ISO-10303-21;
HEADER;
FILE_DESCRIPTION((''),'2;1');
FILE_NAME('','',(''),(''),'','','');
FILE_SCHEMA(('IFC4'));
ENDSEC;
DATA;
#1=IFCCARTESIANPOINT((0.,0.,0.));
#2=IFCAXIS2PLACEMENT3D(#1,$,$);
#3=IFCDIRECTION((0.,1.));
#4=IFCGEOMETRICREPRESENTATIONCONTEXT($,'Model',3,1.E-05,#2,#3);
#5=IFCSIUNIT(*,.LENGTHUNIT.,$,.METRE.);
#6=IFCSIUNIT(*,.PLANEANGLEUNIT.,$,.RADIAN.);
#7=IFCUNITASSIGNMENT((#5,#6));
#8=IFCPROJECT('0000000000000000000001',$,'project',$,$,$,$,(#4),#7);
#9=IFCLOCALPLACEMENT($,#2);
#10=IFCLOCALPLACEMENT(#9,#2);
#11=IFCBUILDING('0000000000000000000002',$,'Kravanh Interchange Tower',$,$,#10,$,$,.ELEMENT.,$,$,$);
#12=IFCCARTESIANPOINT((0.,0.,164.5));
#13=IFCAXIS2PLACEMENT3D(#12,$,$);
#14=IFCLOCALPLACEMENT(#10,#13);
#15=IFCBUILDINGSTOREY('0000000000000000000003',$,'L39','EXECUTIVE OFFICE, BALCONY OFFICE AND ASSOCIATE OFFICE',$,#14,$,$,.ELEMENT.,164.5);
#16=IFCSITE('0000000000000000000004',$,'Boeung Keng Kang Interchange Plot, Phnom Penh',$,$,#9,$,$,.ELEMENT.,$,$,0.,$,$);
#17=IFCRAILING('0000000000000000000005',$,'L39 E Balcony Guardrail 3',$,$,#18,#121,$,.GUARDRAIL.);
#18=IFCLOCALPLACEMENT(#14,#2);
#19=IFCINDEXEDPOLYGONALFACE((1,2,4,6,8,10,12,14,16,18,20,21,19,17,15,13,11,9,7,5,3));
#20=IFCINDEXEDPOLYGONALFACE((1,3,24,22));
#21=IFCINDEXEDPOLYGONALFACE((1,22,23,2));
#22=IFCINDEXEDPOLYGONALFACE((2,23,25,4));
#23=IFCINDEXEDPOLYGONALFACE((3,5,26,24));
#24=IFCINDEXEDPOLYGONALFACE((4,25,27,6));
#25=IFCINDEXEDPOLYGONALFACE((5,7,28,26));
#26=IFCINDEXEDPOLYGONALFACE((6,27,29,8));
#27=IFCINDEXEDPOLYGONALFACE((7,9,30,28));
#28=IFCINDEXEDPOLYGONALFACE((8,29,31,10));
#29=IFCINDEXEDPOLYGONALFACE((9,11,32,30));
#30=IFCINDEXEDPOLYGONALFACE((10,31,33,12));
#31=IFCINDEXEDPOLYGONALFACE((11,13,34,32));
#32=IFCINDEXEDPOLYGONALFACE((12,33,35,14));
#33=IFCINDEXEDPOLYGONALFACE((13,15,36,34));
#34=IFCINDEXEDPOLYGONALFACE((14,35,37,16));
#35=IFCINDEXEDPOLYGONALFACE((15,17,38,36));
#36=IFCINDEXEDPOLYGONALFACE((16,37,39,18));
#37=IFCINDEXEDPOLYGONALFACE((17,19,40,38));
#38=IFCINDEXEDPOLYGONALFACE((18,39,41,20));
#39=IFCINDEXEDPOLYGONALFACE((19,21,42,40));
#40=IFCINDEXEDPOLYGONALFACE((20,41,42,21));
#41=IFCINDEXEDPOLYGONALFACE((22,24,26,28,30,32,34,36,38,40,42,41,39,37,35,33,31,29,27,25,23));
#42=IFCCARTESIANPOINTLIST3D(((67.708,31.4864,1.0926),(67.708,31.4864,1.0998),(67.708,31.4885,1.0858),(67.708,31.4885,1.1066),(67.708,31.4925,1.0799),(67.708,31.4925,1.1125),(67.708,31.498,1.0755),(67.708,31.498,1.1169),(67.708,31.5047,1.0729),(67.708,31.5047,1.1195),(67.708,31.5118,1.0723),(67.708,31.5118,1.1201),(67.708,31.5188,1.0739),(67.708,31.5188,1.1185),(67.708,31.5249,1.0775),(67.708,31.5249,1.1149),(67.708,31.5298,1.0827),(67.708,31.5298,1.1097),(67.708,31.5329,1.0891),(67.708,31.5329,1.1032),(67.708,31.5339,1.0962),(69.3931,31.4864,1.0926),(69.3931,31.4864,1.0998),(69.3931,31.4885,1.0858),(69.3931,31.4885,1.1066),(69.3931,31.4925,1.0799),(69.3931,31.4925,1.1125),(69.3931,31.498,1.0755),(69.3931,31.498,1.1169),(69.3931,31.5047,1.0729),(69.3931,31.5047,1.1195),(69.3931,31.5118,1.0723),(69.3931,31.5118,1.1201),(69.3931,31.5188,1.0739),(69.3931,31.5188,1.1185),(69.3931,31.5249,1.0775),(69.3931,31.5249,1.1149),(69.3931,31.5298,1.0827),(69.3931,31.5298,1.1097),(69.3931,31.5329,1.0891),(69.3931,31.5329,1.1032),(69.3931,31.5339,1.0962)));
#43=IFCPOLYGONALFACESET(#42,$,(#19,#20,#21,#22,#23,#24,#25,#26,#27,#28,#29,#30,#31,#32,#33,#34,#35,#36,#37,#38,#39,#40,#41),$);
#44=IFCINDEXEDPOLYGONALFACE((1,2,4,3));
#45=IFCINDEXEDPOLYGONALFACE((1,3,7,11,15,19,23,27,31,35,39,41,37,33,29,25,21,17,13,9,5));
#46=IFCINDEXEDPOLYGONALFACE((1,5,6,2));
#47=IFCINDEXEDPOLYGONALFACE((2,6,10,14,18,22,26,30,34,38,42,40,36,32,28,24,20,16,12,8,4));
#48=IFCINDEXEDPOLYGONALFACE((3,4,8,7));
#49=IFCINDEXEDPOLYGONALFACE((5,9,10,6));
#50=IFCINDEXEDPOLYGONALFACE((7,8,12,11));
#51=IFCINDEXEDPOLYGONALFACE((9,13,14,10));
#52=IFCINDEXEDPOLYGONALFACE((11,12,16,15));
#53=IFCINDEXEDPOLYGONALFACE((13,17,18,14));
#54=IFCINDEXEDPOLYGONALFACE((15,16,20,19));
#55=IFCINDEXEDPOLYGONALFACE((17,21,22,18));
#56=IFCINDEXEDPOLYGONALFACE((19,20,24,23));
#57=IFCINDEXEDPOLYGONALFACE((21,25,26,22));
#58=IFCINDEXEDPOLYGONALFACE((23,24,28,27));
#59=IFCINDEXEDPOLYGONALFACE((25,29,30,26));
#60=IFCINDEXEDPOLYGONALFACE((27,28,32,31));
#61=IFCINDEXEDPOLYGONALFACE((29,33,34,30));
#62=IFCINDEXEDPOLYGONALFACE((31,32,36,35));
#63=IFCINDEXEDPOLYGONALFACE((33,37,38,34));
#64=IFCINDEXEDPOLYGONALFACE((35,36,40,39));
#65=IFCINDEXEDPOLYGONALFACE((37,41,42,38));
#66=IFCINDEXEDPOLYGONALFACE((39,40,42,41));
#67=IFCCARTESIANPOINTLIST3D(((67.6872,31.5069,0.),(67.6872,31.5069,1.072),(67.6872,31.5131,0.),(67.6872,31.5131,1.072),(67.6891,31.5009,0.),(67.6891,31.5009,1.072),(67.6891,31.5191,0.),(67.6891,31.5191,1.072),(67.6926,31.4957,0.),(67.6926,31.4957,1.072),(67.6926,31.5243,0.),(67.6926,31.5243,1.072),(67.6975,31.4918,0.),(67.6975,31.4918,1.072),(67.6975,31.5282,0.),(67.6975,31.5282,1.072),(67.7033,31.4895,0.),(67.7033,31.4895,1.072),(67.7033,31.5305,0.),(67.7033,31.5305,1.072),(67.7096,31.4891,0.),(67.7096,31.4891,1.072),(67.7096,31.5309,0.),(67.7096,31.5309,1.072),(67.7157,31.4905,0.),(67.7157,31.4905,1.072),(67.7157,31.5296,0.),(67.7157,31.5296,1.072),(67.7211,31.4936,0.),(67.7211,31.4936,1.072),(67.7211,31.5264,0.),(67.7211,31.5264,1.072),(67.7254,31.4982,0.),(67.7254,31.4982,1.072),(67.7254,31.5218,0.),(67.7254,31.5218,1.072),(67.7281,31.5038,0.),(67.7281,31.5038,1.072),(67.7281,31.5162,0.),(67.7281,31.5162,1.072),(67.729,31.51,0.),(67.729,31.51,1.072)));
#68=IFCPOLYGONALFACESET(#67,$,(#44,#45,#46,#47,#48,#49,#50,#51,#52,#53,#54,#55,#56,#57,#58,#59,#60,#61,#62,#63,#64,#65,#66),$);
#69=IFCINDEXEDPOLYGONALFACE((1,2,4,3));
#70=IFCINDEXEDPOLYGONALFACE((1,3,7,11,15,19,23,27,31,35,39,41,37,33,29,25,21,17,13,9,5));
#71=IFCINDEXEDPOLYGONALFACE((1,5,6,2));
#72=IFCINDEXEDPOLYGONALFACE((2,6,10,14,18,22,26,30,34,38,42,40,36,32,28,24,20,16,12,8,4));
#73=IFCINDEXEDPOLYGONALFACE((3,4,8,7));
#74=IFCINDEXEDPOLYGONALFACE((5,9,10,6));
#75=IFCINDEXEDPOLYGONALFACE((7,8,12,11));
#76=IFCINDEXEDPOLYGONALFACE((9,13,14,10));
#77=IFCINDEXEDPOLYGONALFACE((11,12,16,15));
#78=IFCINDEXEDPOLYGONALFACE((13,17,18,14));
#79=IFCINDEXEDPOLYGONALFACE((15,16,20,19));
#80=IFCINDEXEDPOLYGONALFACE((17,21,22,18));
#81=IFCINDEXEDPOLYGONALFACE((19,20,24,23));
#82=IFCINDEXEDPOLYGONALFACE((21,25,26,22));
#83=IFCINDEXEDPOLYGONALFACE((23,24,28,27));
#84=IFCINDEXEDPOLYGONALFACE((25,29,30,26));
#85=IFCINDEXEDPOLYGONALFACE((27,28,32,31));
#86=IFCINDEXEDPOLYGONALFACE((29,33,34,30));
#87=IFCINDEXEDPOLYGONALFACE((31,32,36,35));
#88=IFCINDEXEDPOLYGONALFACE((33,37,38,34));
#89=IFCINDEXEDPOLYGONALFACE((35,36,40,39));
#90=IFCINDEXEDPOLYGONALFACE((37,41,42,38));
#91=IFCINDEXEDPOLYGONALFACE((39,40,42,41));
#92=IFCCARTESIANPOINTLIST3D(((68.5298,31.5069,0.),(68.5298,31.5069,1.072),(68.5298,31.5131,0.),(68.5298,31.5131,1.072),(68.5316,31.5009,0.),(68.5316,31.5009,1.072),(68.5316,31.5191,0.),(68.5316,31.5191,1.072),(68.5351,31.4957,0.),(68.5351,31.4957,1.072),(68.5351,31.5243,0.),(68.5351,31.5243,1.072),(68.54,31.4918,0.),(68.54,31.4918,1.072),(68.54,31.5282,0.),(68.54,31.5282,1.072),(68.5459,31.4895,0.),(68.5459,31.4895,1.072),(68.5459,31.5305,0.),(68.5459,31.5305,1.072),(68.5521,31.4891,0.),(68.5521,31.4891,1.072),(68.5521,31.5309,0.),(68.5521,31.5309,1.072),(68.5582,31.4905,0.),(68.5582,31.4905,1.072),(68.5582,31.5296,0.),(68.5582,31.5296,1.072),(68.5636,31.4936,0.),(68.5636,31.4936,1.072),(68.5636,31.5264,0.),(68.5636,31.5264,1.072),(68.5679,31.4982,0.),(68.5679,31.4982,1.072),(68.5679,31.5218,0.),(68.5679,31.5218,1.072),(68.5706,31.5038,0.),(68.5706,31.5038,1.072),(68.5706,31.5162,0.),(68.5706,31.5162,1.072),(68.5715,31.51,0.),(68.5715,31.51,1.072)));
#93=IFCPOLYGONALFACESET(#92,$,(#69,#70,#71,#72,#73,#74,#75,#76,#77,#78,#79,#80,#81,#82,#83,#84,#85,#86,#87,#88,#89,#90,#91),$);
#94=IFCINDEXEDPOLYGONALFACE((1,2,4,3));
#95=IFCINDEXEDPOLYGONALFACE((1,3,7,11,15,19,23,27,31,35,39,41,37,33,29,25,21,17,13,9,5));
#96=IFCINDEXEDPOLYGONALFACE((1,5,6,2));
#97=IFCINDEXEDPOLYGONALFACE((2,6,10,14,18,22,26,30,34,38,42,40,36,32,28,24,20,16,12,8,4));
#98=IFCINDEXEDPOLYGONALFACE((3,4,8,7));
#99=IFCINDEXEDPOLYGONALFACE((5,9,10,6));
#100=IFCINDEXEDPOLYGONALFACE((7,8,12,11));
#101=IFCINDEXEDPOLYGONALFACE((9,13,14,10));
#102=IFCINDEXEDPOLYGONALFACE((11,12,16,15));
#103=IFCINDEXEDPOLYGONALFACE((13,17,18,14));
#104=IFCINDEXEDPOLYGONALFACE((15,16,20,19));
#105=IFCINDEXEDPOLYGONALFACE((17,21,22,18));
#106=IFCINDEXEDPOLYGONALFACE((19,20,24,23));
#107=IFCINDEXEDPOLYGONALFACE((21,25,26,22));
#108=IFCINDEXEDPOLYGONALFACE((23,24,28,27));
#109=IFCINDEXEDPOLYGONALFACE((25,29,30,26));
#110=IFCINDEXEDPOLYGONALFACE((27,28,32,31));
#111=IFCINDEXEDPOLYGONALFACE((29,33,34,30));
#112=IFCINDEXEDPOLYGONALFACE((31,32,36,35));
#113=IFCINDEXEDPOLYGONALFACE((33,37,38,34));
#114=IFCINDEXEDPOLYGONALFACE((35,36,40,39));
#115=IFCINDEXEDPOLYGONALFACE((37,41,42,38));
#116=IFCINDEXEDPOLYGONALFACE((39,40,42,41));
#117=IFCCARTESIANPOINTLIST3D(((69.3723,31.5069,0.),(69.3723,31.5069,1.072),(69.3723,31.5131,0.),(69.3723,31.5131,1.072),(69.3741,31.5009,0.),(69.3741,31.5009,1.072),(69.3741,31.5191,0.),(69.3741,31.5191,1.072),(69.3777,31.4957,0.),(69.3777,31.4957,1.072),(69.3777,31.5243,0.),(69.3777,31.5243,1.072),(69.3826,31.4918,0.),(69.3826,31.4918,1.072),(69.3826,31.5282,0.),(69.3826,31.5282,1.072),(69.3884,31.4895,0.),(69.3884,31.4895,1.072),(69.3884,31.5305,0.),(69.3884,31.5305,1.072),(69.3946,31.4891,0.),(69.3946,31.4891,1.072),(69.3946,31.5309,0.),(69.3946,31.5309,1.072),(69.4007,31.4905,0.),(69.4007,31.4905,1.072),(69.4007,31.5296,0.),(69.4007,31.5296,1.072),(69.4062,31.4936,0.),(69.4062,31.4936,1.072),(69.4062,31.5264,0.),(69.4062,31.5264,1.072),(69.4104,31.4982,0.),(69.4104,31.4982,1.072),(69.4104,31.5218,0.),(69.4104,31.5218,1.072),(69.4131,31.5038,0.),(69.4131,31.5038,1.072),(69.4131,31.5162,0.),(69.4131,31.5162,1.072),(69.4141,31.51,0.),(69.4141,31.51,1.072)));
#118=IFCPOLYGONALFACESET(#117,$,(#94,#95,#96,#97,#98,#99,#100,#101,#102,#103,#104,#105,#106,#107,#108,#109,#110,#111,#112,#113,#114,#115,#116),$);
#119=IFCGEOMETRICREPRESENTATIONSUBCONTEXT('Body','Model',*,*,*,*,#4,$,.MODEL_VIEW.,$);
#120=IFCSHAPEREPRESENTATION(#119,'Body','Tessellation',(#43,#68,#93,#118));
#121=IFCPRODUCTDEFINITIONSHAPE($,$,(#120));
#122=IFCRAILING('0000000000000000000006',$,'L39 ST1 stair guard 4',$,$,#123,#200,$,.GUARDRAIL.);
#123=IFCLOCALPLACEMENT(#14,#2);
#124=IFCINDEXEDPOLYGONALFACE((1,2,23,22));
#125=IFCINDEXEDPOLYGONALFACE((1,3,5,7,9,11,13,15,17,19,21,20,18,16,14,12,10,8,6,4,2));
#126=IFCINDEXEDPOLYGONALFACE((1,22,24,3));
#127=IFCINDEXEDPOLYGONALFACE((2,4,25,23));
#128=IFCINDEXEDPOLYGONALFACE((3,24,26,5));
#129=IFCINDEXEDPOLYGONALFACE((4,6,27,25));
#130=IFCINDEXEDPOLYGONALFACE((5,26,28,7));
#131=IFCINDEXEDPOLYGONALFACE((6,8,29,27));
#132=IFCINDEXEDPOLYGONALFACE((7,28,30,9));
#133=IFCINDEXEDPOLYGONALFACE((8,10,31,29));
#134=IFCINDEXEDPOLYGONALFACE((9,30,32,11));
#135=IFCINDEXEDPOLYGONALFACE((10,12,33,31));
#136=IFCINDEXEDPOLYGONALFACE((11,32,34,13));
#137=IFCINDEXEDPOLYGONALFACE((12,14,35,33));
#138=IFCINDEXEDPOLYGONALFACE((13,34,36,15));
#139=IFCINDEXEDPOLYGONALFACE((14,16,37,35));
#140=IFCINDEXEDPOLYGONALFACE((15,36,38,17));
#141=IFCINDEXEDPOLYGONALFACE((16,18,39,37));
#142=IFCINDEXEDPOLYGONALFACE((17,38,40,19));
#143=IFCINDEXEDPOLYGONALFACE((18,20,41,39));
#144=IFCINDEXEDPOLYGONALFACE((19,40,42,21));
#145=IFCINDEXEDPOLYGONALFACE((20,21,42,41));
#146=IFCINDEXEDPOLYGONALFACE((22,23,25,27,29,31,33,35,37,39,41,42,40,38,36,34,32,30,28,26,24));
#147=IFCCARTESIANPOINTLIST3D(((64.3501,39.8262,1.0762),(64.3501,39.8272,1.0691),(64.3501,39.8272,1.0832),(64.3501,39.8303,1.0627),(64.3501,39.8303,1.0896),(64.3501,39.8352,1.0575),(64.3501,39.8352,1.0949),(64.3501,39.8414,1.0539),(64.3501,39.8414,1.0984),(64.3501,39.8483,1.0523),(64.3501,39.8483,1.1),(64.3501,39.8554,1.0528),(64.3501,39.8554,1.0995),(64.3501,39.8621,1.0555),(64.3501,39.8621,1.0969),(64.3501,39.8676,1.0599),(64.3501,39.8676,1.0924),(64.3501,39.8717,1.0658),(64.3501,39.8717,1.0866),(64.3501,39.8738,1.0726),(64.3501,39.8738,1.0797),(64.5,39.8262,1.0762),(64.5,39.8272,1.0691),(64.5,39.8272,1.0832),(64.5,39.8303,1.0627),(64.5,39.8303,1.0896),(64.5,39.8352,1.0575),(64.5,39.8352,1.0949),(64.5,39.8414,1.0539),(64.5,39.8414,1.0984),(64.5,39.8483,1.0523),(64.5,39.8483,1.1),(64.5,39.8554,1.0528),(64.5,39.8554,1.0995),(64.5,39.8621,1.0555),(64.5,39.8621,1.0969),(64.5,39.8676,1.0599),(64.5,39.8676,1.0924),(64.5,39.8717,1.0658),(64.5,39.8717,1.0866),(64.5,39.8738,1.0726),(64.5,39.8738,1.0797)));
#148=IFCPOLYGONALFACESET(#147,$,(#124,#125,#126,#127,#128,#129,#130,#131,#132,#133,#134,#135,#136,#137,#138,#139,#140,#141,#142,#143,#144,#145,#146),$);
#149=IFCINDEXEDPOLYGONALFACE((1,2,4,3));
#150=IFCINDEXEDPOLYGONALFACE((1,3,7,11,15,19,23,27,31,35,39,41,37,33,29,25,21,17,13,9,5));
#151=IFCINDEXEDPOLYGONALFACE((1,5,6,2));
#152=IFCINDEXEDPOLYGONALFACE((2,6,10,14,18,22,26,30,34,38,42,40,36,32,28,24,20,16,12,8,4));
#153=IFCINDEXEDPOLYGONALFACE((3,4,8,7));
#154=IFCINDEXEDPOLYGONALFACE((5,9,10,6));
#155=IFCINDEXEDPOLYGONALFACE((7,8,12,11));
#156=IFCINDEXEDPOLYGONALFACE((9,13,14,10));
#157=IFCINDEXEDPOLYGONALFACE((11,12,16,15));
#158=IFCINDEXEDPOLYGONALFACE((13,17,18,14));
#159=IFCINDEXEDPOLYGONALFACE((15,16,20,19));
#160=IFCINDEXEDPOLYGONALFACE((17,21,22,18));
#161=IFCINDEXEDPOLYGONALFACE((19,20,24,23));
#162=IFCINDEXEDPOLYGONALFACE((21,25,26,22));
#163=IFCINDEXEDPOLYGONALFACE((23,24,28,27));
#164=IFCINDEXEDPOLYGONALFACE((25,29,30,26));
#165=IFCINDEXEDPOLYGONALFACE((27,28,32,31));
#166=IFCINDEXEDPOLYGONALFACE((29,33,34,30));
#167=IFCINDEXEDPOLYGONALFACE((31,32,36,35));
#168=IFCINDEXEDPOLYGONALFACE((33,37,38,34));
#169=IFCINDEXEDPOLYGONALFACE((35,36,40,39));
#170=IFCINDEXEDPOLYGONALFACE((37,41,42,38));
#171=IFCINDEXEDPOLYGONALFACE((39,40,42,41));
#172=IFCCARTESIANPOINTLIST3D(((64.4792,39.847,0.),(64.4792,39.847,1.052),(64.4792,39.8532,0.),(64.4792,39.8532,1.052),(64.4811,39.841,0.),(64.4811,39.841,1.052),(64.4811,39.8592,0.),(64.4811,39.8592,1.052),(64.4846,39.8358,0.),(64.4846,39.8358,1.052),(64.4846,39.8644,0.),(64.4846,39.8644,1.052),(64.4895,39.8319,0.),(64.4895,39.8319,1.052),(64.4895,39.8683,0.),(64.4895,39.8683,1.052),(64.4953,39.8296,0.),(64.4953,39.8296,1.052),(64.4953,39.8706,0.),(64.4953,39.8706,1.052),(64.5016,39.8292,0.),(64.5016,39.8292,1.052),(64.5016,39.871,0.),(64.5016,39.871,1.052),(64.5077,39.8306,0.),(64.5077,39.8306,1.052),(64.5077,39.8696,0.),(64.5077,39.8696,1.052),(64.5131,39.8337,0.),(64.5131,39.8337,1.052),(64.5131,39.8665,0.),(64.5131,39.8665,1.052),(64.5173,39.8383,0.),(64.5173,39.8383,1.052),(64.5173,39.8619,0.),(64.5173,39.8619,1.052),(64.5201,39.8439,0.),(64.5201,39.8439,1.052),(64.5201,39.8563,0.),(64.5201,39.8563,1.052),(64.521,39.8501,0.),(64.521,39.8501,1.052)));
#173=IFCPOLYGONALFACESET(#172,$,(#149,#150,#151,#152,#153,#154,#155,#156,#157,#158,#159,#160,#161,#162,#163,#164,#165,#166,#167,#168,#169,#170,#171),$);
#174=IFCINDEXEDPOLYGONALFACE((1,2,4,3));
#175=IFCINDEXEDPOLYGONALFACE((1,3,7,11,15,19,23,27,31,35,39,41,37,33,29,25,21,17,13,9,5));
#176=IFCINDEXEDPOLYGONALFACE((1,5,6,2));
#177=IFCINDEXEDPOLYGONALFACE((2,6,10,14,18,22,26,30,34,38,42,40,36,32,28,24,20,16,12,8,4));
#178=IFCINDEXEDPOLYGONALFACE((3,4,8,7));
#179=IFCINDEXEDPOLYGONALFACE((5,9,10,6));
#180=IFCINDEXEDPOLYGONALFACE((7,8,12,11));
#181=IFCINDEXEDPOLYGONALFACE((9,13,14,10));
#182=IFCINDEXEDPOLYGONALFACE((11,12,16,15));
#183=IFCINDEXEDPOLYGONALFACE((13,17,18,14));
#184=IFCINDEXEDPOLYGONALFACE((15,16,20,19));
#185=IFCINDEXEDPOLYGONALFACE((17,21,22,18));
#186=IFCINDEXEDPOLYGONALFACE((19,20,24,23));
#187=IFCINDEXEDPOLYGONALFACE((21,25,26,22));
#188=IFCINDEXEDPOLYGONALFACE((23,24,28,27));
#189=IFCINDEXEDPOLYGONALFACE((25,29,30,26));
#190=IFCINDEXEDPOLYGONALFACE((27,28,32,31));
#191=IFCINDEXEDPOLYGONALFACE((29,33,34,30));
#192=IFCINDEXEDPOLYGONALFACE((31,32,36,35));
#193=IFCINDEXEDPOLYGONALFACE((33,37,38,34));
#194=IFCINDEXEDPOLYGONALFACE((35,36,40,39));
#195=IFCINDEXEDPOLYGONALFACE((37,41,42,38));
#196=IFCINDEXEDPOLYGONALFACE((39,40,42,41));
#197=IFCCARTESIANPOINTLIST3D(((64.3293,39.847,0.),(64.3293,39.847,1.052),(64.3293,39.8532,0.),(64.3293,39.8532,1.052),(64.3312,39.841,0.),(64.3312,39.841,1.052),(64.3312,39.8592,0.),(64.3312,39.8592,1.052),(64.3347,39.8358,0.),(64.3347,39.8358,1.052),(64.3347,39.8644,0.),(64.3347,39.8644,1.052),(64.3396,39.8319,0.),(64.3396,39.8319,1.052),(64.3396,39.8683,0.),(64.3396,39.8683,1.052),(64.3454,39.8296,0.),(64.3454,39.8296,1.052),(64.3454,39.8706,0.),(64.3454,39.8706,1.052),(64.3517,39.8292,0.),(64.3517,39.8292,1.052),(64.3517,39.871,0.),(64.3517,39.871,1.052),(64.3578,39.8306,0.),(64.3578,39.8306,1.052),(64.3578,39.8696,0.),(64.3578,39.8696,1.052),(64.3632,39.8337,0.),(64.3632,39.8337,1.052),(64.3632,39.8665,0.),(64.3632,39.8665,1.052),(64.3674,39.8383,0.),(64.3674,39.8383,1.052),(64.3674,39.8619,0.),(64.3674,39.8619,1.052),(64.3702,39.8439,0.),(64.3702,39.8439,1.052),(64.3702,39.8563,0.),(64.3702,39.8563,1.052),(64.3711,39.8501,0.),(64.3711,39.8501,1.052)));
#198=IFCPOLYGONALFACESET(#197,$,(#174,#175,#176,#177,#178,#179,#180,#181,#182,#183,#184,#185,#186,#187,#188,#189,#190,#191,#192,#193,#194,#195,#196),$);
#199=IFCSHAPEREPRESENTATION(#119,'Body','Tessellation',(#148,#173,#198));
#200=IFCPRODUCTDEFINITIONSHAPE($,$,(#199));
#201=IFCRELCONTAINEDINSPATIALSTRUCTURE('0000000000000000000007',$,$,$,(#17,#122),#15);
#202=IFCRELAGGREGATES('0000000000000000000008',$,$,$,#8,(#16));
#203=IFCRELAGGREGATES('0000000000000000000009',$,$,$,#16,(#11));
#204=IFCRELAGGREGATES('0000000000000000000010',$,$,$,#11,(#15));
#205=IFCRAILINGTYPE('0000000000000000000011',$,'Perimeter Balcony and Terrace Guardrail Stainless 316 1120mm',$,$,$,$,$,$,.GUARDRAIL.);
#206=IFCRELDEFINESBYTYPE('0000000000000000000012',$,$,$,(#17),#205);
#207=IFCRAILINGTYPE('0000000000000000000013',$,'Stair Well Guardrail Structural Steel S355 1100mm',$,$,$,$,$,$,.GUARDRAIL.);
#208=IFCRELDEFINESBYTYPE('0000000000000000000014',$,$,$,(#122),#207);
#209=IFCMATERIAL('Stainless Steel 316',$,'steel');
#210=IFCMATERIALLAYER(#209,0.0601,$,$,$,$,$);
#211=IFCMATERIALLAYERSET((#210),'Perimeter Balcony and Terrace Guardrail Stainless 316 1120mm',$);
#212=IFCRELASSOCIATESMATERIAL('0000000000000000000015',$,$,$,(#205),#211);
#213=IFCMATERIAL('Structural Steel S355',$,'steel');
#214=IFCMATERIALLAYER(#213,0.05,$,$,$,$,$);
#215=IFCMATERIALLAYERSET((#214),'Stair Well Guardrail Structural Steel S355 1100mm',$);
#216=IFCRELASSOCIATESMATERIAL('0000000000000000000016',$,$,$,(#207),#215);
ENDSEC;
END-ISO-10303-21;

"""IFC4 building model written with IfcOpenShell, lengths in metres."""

from ifc_helpers import new_model, si_unit, direction, frame, origin, origin_2d, place, context, subcontext, project, spatial, circle, extrude, material, layer, layer_set, type_object, element, save


model = new_model("IFC4")

# Units and contexts
model_context = context("Model", 3, precision=1e-05, world=origin(), true_north=direction((0.0, 1.0)))
body_context = subcontext(model_context, "Body", "Model", "MODEL_VIEW")
ifc_project = project(units=[si_unit("LENGTHUNIT", "METRE"), si_unit("PLANEANGLEUNIT", "RADIAN")], contexts=[model_context])

# Site, building, storey
site_placement = place(None, origin())
site = spatial("IfcSite", under=ifc_project, at=site_placement, Name="Boeung Keng Kang Interchange Plot, Phnom Penh", CompositionType="ELEMENT", RefElevation=0.0)
building_placement = place(site_placement, origin())
building = spatial("IfcBuilding", under=site, at=building_placement, Name="Kravanh Interchange Tower", CompositionType="ELEMENT")
storey_placement = place(building_placement, frame((0.0, 0.0, 164.5)))
storey = spatial("IfcBuildingStorey", under=building, at=storey_placement, Name="L39", Description="EXECUTIVE OFFICE, BALCONY OFFICE AND ASSOCIATE OFFICE", CompositionType="ELEMENT", Elevation=164.5)

# Railings
ifc_material_1 = material(Name="Stainless Steel 316", Category="steel")
ifc_layer_1 = layer(ifc_material_1, 0.0601)
ifc_layer_set_1 = layer_set([ifc_layer_1], Name="Perimeter Balcony and Terrace Guardrail Stainless 316 1120mm")
railing_type_1 = type_object("IfcRailingType", Name="Perimeter Balcony and Terrace Guardrail Stainless 316 1120mm", PredefinedType="GUARDRAIL", material=ifc_layer_set_1)
railing_1_placement = place(storey_placement, frame((67.708, 31.51, 0.0)))
element("IfcRailing", 1, at=railing_1_placement, inside=storey, type_object=railing_type_1, Name="L39 E Balcony Guardrail 3", PredefinedType="GUARDRAIL", context=body_context, shape_type="SweptSolid", body=[
    extrude(circle(Radius=0.0239, at=origin_2d()), frame((0.0, 0.0, 1.0962), z_axis=(1.0, 0.0, 0.0), x_axis=(0.0, 1.0, 0.0)), (0.0, 0.0, 1.0), 1.6851),
    extrude(circle(Radius=0.021, at=origin_2d()), origin(), (0.0, 0.0, 1.0), 1.072),
    extrude(circle(Radius=0.021, at=origin_2d()), frame((0.8425, 0.0, 0.0)), (0.0, 0.0, 1.0), 1.072),
    extrude(circle(Radius=0.021, at=origin_2d()), frame((1.6851, 0.0, 0.0)), (0.0, 0.0, 1.0), 1.072),
])
ifc_material_2 = material(Name="Structural Steel S355", Category="steel")
ifc_layer_2 = layer(ifc_material_2, 0.05)
ifc_layer_set_2 = layer_set([ifc_layer_2], Name="Stair Well Guardrail Structural Steel S355 1100mm")
railing_type_2 = type_object("IfcRailingType", Name="Stair Well Guardrail Structural Steel S355 1100mm", PredefinedType="GUARDRAIL", material=ifc_layer_set_2)
for number, where, name in (
    (2, (64.5, 39.8501, 0.0), "L39 ST1 stair guard 4"),
):
    element("IfcRailing", number, at=place(storey_placement, frame(where)), inside=storey, type_object=railing_type_2, Name=name, PredefinedType="GUARDRAIL", context=body_context, shape_type="SweptSolid", body=[
        extrude(circle(Radius=0.0239, at=origin_2d()), frame((0.0, 0.0, 1.0762), z_axis=(-1.0, 0.0, 0.0), x_axis=(0.0, -1.0, 0.0)), (0.0, 0.0, 1.0), 0.1499),
        extrude(circle(Radius=0.021, at=origin_2d()), origin(), (0.0, 0.0, 1.0), 1.052),
        extrude(circle(Radius=0.021, at=origin_2d()), frame((-0.1499, 0.0, 0.0)), (0.0, 0.0, 1.0), 1.052),
    ])

save(model, "model.ifc")
